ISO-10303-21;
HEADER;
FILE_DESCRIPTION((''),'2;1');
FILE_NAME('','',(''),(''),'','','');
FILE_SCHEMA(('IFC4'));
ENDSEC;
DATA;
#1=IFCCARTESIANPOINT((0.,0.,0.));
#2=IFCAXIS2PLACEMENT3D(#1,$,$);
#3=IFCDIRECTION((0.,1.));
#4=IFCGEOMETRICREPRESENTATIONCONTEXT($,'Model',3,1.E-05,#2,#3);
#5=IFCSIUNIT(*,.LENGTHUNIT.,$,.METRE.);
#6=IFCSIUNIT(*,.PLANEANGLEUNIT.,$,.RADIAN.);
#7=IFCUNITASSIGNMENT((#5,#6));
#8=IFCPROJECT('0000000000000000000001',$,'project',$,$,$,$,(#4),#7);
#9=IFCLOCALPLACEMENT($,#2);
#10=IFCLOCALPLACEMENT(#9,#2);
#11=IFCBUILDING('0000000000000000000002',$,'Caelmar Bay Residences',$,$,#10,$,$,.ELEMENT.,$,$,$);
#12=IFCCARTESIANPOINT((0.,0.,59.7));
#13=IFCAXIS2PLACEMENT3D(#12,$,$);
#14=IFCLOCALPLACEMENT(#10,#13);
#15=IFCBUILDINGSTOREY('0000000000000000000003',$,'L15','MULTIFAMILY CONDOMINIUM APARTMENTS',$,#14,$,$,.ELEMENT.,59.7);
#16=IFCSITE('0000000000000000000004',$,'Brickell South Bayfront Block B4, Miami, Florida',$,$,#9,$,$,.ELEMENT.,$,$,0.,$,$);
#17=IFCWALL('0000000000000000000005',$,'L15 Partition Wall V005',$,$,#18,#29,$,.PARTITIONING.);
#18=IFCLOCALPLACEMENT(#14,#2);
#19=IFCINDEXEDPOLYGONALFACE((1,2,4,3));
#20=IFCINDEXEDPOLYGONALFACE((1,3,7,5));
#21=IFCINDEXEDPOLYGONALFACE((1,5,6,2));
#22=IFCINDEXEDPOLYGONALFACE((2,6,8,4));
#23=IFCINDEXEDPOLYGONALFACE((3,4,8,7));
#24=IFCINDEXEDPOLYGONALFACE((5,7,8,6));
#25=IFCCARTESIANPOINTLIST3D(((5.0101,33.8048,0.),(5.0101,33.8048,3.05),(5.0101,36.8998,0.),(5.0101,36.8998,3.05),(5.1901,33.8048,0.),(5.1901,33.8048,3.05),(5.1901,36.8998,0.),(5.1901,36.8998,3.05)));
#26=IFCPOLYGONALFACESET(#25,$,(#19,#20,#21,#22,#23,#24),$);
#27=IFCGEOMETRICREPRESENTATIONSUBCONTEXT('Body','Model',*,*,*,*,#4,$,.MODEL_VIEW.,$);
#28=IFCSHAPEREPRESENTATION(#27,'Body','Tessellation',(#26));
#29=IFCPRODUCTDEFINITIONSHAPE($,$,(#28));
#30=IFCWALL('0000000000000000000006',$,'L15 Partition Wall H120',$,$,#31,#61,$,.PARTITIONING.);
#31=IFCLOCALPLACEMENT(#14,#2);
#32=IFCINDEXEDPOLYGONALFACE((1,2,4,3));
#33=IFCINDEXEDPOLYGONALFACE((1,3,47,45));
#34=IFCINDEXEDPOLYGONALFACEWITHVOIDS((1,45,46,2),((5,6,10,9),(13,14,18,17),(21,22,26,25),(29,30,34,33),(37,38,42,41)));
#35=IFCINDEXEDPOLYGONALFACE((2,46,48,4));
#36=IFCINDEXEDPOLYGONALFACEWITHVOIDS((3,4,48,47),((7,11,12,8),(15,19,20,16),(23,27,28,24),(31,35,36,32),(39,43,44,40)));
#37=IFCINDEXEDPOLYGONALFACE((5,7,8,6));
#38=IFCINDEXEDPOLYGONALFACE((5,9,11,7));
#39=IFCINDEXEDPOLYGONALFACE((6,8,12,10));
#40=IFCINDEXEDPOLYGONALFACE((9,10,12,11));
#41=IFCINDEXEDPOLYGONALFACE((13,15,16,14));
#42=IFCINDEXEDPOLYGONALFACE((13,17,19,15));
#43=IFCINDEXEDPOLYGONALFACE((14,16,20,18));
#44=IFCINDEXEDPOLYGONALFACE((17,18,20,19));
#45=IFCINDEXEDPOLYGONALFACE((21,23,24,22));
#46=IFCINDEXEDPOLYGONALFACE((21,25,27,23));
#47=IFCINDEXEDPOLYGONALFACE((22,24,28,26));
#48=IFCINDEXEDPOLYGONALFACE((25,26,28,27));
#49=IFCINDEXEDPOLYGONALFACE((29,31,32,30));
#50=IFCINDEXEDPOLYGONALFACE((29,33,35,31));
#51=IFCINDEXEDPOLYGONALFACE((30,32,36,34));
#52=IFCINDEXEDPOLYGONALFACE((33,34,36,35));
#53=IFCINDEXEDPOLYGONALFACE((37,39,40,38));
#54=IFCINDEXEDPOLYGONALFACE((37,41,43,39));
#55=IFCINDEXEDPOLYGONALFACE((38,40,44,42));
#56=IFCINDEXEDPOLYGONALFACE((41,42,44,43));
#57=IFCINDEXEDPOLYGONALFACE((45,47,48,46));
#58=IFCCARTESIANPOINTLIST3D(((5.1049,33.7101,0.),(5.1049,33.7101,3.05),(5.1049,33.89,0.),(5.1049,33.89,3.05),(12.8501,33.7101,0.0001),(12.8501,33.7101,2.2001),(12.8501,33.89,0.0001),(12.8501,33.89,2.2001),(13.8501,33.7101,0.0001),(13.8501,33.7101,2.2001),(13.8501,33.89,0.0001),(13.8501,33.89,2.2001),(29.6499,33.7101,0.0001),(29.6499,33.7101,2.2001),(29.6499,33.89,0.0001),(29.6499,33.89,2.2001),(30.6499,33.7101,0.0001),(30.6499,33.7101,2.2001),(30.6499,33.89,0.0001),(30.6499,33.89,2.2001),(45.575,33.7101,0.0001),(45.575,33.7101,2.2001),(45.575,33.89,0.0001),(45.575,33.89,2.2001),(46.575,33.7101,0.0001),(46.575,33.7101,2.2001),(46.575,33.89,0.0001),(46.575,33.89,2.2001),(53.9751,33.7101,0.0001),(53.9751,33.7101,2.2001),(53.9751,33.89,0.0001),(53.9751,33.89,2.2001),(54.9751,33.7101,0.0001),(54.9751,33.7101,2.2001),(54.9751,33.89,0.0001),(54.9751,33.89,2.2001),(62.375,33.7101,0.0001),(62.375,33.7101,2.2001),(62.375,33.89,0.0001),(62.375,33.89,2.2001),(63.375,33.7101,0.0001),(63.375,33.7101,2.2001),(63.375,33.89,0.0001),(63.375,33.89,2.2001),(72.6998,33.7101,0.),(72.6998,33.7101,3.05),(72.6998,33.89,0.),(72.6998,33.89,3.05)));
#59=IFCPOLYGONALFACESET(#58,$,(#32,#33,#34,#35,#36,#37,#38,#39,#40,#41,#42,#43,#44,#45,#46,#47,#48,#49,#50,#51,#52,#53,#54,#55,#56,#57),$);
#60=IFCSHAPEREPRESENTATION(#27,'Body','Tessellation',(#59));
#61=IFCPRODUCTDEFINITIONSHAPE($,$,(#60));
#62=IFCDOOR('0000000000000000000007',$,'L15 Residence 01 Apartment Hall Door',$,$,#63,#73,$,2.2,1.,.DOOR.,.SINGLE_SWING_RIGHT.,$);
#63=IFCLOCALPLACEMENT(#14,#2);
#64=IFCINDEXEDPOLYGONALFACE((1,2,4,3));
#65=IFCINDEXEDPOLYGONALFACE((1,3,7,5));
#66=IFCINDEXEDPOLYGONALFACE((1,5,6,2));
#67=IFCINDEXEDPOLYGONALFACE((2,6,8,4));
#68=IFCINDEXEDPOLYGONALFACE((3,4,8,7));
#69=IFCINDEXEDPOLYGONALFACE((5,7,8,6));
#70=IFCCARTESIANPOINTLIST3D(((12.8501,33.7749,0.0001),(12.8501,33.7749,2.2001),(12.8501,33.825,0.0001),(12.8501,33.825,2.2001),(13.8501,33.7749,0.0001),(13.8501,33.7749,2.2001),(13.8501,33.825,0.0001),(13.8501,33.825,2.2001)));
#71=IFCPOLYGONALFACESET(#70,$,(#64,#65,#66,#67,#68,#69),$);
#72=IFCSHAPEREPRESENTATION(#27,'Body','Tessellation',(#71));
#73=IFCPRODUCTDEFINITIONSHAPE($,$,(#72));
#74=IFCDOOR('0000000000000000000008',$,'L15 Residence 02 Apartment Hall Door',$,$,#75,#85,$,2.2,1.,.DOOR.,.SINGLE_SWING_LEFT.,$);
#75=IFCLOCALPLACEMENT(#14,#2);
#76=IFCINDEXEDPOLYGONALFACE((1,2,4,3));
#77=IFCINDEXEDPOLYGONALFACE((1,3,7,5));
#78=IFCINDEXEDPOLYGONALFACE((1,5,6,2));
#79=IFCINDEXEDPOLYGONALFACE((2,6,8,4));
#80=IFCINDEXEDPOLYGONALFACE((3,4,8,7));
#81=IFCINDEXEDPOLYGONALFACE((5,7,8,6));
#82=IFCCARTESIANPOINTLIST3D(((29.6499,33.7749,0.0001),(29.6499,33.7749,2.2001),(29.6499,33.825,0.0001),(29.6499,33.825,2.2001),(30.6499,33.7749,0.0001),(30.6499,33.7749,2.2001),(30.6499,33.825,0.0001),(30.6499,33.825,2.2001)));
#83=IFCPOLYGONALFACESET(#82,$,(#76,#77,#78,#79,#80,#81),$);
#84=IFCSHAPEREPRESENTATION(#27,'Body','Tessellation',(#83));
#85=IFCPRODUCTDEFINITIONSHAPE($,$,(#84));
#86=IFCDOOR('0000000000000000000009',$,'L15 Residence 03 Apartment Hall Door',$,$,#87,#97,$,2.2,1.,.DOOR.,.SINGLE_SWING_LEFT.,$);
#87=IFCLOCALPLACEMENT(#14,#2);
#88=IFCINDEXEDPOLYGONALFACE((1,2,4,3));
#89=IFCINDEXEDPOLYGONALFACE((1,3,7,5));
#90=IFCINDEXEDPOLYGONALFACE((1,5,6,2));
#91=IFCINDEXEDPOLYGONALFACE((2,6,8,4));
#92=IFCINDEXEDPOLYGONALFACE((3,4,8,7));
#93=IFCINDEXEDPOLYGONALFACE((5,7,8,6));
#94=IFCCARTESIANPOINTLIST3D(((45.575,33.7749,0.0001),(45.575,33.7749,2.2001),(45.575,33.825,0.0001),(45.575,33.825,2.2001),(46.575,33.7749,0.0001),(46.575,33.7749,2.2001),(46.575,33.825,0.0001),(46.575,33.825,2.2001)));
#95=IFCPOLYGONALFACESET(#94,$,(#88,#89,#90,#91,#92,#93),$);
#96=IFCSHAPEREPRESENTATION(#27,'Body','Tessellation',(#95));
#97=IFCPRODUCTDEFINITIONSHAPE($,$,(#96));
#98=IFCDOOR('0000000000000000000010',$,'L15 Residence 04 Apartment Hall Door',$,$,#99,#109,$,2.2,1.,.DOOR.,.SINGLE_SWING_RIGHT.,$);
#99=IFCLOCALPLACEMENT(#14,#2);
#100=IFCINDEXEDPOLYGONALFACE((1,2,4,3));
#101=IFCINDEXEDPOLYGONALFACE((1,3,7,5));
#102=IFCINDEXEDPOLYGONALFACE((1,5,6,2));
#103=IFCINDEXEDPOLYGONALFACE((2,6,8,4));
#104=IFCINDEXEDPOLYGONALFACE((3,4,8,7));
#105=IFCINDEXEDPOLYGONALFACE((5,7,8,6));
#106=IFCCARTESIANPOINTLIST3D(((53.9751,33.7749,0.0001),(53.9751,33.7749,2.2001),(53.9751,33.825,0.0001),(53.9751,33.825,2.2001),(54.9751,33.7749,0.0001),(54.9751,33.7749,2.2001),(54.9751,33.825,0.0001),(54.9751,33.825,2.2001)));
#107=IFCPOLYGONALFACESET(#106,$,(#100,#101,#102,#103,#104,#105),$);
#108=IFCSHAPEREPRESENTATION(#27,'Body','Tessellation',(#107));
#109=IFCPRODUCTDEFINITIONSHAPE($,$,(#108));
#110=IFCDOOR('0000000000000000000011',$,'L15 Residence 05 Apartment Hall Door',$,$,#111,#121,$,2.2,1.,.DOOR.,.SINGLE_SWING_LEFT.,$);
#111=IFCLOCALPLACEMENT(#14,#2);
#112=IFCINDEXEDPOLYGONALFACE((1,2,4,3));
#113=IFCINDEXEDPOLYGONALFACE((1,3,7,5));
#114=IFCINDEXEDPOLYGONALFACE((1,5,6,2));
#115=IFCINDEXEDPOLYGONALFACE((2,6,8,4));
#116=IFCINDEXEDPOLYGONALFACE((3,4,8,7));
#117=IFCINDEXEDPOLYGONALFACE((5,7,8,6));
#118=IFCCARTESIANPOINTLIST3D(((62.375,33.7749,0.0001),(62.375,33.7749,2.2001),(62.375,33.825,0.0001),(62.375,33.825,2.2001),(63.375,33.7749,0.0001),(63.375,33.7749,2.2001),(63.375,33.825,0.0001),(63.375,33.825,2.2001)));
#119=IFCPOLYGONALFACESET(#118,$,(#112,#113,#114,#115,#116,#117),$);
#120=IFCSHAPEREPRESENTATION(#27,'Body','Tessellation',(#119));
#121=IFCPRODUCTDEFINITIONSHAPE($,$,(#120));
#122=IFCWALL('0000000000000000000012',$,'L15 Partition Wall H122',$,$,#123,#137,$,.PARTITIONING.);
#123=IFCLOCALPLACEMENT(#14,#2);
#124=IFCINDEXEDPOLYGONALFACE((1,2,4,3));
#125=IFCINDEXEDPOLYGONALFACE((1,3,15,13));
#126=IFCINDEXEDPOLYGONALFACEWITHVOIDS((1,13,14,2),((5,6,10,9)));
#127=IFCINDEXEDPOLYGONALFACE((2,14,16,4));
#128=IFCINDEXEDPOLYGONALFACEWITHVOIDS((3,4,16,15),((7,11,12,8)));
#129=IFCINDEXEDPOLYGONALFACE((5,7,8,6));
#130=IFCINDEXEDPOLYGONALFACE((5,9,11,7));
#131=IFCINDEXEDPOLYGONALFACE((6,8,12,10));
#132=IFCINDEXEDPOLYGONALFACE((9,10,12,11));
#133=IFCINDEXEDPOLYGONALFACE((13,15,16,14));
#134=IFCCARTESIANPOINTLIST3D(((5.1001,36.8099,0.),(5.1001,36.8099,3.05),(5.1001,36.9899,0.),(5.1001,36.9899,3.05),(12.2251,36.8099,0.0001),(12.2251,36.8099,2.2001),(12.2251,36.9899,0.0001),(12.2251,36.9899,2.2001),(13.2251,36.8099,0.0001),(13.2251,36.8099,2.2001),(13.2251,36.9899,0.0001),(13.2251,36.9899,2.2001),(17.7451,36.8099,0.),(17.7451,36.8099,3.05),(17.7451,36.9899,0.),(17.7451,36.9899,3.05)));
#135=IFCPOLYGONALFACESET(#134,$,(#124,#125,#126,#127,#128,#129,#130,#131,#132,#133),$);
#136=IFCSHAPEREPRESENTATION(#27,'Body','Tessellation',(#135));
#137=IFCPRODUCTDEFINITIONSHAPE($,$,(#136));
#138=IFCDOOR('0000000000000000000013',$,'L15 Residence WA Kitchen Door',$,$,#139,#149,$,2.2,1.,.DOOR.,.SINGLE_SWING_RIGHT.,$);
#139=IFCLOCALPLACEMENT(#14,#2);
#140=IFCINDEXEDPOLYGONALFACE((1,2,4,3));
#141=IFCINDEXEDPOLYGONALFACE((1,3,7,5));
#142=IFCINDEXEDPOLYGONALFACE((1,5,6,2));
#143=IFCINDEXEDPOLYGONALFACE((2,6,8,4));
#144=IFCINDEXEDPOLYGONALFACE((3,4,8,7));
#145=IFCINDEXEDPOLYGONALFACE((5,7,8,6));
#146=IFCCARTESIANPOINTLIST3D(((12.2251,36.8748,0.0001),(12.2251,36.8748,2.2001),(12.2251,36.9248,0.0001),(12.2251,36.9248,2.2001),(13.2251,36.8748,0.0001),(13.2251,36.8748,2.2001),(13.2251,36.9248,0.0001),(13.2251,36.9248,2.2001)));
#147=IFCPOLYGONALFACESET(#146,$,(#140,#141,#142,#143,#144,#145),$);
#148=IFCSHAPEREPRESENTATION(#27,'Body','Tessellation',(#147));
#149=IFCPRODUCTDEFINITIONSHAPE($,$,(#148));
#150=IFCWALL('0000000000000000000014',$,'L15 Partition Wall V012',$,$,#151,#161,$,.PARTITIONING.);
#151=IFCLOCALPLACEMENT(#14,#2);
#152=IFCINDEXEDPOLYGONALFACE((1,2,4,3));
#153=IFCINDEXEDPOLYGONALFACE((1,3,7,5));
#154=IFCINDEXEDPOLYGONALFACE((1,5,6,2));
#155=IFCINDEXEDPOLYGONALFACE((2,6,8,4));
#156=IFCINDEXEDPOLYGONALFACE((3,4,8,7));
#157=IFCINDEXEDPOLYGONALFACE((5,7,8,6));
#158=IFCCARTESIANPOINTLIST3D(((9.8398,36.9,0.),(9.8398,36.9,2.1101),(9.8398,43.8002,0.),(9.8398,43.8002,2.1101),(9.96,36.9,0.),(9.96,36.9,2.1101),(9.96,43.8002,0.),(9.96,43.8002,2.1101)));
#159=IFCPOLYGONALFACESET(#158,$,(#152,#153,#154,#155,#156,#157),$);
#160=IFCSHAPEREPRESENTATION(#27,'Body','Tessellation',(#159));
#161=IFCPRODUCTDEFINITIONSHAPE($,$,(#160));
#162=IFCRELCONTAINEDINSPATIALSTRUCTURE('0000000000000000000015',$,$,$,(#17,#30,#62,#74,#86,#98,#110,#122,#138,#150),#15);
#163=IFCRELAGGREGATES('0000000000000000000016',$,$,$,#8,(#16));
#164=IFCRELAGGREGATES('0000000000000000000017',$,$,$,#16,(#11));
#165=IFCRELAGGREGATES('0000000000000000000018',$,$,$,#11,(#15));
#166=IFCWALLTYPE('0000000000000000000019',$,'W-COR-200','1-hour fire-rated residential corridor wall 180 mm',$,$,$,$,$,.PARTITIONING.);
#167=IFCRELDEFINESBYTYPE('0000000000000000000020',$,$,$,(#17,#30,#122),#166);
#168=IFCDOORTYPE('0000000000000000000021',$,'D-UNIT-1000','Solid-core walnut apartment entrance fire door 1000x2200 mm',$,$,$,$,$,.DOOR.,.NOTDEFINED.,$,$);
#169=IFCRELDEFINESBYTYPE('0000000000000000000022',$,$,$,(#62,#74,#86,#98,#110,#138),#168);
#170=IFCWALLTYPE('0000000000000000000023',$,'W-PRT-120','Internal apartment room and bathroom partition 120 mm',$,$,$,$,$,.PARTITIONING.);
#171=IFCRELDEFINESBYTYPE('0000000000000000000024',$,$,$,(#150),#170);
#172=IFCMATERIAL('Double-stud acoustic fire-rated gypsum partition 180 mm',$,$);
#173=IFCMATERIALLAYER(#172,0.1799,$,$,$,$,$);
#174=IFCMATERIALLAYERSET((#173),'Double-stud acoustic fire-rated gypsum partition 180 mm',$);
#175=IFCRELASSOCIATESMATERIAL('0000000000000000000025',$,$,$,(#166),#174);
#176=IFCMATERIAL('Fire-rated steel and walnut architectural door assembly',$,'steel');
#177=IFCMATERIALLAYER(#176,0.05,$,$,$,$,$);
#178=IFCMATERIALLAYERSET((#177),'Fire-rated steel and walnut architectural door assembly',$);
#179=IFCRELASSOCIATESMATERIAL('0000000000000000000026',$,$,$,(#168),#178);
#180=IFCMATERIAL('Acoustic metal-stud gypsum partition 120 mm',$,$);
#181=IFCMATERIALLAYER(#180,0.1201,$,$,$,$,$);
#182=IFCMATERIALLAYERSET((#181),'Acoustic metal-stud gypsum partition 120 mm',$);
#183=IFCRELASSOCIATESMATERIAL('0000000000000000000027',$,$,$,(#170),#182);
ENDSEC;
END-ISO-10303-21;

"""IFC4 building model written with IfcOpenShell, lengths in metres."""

from ifc_helpers import new_model, si_unit, direction, frame, frame_2d, origin, place, context, subcontext, project, spatial, rectangle, extrude, material, layer, layer_set, type_object, element, fill, save


model = new_model("IFC4")

# Units and contexts
model_context = context("Model", 3, precision=1e-05, world=origin(), true_north=direction((0.0, 1.0)))
body_context = subcontext(model_context, "Body", "Model", "MODEL_VIEW")
ifc_project = project(units=[si_unit("LENGTHUNIT", "METRE"), si_unit("PLANEANGLEUNIT", "RADIAN")], contexts=[model_context])

# Site, building, storey
site_placement = place(None, origin())
site = spatial("IfcSite", under=ifc_project, at=site_placement, Name="Brickell South Bayfront Block B4, Miami, Florida", CompositionType="ELEMENT", RefElevation=0.0)
building_placement = place(site_placement, origin())
building = spatial("IfcBuilding", under=site, at=building_placement, Name="Caelmar Bay Residences", CompositionType="ELEMENT")
storey_placement = place(building_placement, frame((0.0, 0.0, 59.7)))
storey = spatial("IfcBuildingStorey", under=building, at=storey_placement, Name="L15", Description="MULTIFAMILY CONDOMINIUM APARTMENTS", CompositionType="ELEMENT", Elevation=59.7)

# Wall
ifc_material_1 = material(Name="Double-stud acoustic fire-rated gypsum partition 180 mm")
ifc_layer_1 = layer(ifc_material_1, 0.1799)
ifc_layer_set_1 = layer_set([ifc_layer_1], Name="Double-stud acoustic fire-rated gypsum partition 180 mm")
wall_type_1 = type_object("IfcWallType", Name="W-COR-200", Description="1-hour fire-rated residential corridor wall 180 mm", PredefinedType="PARTITIONING", material=ifc_layer_set_1)
wall_1_placement = place(storey_placement, frame((5.1001, 33.8049, 0.0), z_axis=(0.0, 0.0, 1.0), x_axis=(0.0, 1.0, 0.0)))
element("IfcWall", 1, at=wall_1_placement, inside=storey, type_object=wall_type_1, Name="L15 Partition Wall V005", PredefinedType="PARTITIONING", context=body_context, shape_type="SweptSolid", body=[
    extrude(rectangle(XDim=3.095, YDim=0.1799, at=frame_2d((1.5474, 0.0))), origin(), (0.0, 0.0, 1.0), 3.05),
])

# Wall, openings, doors
wall_2_placement = place(storey_placement, frame((5.105, 33.8, 0.0), z_axis=(0.0, 0.0, 1.0), x_axis=(1.0, 0.0, 0.0)))
wall_2 = element("IfcWall", 2, at=wall_2_placement, inside=storey, type_object=wall_type_1, Name="L15 Partition Wall H120", PredefinedType="PARTITIONING", context=body_context, shape_type="SweptSolid", body=[
    extrude(rectangle(XDim=67.595, YDim=0.1799, at=frame_2d((33.7974, 0.0))), origin(), (0.0, 0.0, 1.0), 3.05),
])
opening_1_placement = place(wall_2_placement, frame((7.7451, 0.0, 0.0)))
opening_1 = element("IfcOpeningElement", 3, at=opening_1_placement, cuts=wall_2, PredefinedType="OPENING", context=body_context, shape_type="SweptSolid", body=[
    extrude(rectangle(XDim=1.0, YDim=2.2, at=frame_2d((0.5, 1.1001))), frame((0.0, 0.0999, 0.0), z_axis=(0.0, -1.0, 0.0), x_axis=(1.0, 0.0, 0.0)), (0.0, 0.0, 1.0), 0.2),
])
opening_2_placement = place(wall_2_placement, frame((24.5449, 0.0, 0.0)))
opening_2 = element("IfcOpeningElement", 4, at=opening_2_placement, cuts=wall_2, PredefinedType="OPENING", context=body_context, shape_type="SweptSolid", body=[
    extrude(rectangle(XDim=1.0, YDim=2.2, at=frame_2d((0.5, 1.1001))), frame((0.0, 0.0999, 0.0), z_axis=(0.0, -1.0, 0.0), x_axis=(1.0, 0.0, 0.0)), (0.0, 0.0, 1.0), 0.2),
])
opening_3_placement = place(wall_2_placement, frame((40.47, 0.0, 0.0)))
opening_3 = element("IfcOpeningElement", 5, at=opening_3_placement, cuts=wall_2, PredefinedType="OPENING", context=body_context, shape_type="SweptSolid", body=[
    extrude(rectangle(XDim=1.0, YDim=2.2, at=frame_2d((0.5, 1.1001))), frame((0.0, 0.0999, 0.0), z_axis=(0.0, -1.0, 0.0), x_axis=(1.0, 0.0, 0.0)), (0.0, 0.0, 1.0), 0.2),
])
opening_4_placement = place(wall_2_placement, frame((48.8701, 0.0, 0.0)))
opening_4 = element("IfcOpeningElement", 6, at=opening_4_placement, cuts=wall_2, PredefinedType="OPENING", context=body_context, shape_type="SweptSolid", body=[
    extrude(rectangle(XDim=1.0, YDim=2.2, at=frame_2d((0.5, 1.1001))), frame((0.0, 0.0999, 0.0), z_axis=(0.0, -1.0, 0.0), x_axis=(1.0, 0.0, 0.0)), (0.0, 0.0, 1.0), 0.2),
])
opening_5_placement = place(wall_2_placement, frame((57.27, 0.0, 0.0)))
opening_5 = element("IfcOpeningElement", 7, at=opening_5_placement, cuts=wall_2, PredefinedType="OPENING", context=body_context, shape_type="SweptSolid", body=[
    extrude(rectangle(XDim=1.0, YDim=2.2, at=frame_2d((0.5, 1.1001))), frame((0.0, 0.0999, 0.0), z_axis=(0.0, -1.0, 0.0), x_axis=(1.0, 0.0, 0.0)), (0.0, 0.0, 1.0), 0.2),
])
ifc_material_2 = material(Name="Fire-rated steel and walnut architectural door assembly", Category="steel")
ifc_layer_2 = layer(ifc_material_2, 0.05)
ifc_layer_set_2 = layer_set([ifc_layer_2], Name="Fire-rated steel and walnut architectural door assembly")
door_type_1 = type_object("IfcDoorType", Name="D-UNIT-1000", Description="Solid-core walnut apartment entrance fire door 1000x2200 mm", OperationType="NOTDEFINED", PredefinedType="DOOR", material=ifc_layer_set_2)
door_1_placement = place(opening_1_placement, origin())
door_1 = element("IfcDoor", 8, at=door_1_placement, inside=storey, type_object=door_type_1, Name="L15 Residence 01 Apartment Hall Door", OperationType="SINGLE_SWING_RIGHT", OverallHeight=2.2, OverallWidth=1.0, PredefinedType="DOOR", context=body_context, shape_type="SweptSolid", body=[
    extrude(rectangle(XDim=1.0, YDim=2.2, at=frame_2d((0.5, 1.1001))), frame((0.0, 0.0249, 0.0), z_axis=(0.0, -1.0, 0.0), x_axis=(1.0, 0.0, 0.0)), (0.0, 0.0, 1.0), 0.05),
])
fill(opening_1, door_1)
door_2_placement = place(opening_2_placement, origin())
door_2 = element("IfcDoor", 9, at=door_2_placement, inside=storey, type_object=door_type_1, Name="L15 Residence 02 Apartment Hall Door", OperationType="SINGLE_SWING_LEFT", OverallHeight=2.2, OverallWidth=1.0, PredefinedType="DOOR", context=body_context, shape_type="SweptSolid", body=[
    extrude(rectangle(XDim=1.0, YDim=2.2, at=frame_2d((0.5, 1.1001))), frame((0.0, 0.0249, 0.0), z_axis=(0.0, -1.0, 0.0), x_axis=(1.0, 0.0, 0.0)), (0.0, 0.0, 1.0), 0.05),
])
fill(opening_2, door_2)
door_3_placement = place(opening_3_placement, origin())
door_3 = element("IfcDoor", 10, at=door_3_placement, inside=storey, type_object=door_type_1, Name="L15 Residence 03 Apartment Hall Door", OperationType="SINGLE_SWING_LEFT", OverallHeight=2.2, OverallWidth=1.0, PredefinedType="DOOR", context=body_context, shape_type="SweptSolid", body=[
    extrude(rectangle(XDim=1.0, YDim=2.2, at=frame_2d((0.5, 1.1001))), frame((0.0, 0.0249, 0.0), z_axis=(0.0, -1.0, 0.0), x_axis=(1.0, 0.0, 0.0)), (0.0, 0.0, 1.0), 0.05),
])
fill(opening_3, door_3)
door_4_placement = place(opening_4_placement, origin())
door_4 = element("IfcDoor", 11, at=door_4_placement, inside=storey, type_object=door_type_1, Name="L15 Residence 04 Apartment Hall Door", OperationType="SINGLE_SWING_RIGHT", OverallHeight=2.2, OverallWidth=1.0, PredefinedType="DOOR", context=body_context, shape_type="SweptSolid", body=[
    extrude(rectangle(XDim=1.0, YDim=2.2, at=frame_2d((0.5, 1.1001))), frame((0.0, 0.0249, 0.0), z_axis=(0.0, -1.0, 0.0), x_axis=(1.0, 0.0, 0.0)), (0.0, 0.0, 1.0), 0.05),
])
fill(opening_4, door_4)
door_5_placement = place(opening_5_placement, origin())
door_5 = element("IfcDoor", 12, at=door_5_placement, inside=storey, type_object=door_type_1, Name="L15 Residence 05 Apartment Hall Door", OperationType="SINGLE_SWING_LEFT", OverallHeight=2.2, OverallWidth=1.0, PredefinedType="DOOR", context=body_context, shape_type="SweptSolid", body=[
    extrude(rectangle(XDim=1.0, YDim=2.2, at=frame_2d((0.5, 1.1001))), frame((0.0, 0.0249, 0.0), z_axis=(0.0, -1.0, 0.0), x_axis=(1.0, 0.0, 0.0)), (0.0, 0.0, 1.0), 0.05),
])
fill(opening_5, door_5)

# Wall, opening, door
wall_3_placement = place(storey_placement, frame((5.1001, 36.8999, 0.0), z_axis=(0.0, 0.0, 1.0), x_axis=(1.0, 0.0, 0.0)))
wall_3 = element("IfcWall", 13, at=wall_3_placement, inside=storey, type_object=wall_type_1, Name="L15 Partition Wall H122", PredefinedType="PARTITIONING", context=body_context, shape_type="SweptSolid", body=[
    extrude(rectangle(XDim=12.645, YDim=0.1799, at=frame_2d((6.3225, 0.0))), origin(), (0.0, 0.0, 1.0), 3.05),
])
opening_6_placement = place(wall_3_placement, frame((7.125, 0.0, 0.0)))
opening_6 = element("IfcOpeningElement", 14, at=opening_6_placement, cuts=wall_3, PredefinedType="OPENING", context=body_context, shape_type="SweptSolid", body=[
    extrude(rectangle(XDim=1.0, YDim=2.2, at=frame_2d((0.5, 1.1001))), frame((0.0, 0.0999, 0.0), z_axis=(0.0, -1.0, 0.0), x_axis=(1.0, 0.0, 0.0)), (0.0, 0.0, 1.0), 0.2),
])
door_6_placement = place(opening_6_placement, origin())
door_6 = element("IfcDoor", 15, at=door_6_placement, inside=storey, type_object=door_type_1, Name="L15 Residence WA Kitchen Door", OperationType="SINGLE_SWING_RIGHT", OverallHeight=2.2, OverallWidth=1.0, PredefinedType="DOOR", context=body_context, shape_type="SweptSolid", body=[
    extrude(rectangle(XDim=1.0, YDim=2.2, at=frame_2d((0.5, 1.1001))), frame((0.0, 0.0249, 0.0), z_axis=(0.0, -1.0, 0.0), x_axis=(1.0, 0.0, 0.0)), (0.0, 0.0, 1.0), 0.05),
])
fill(opening_6, door_6)

# Wall
ifc_material_3 = material(Name="Acoustic metal-stud gypsum partition 120 mm")
ifc_layer_3 = layer(ifc_material_3, 0.1201)
ifc_layer_set_3 = layer_set([ifc_layer_3], Name="Acoustic metal-stud gypsum partition 120 mm")
wall_type_2 = type_object("IfcWallType", Name="W-PRT-120", Description="Internal apartment room and bathroom partition 120 mm", PredefinedType="PARTITIONING", material=ifc_layer_set_3)
wall_4_placement = place(storey_placement, frame((9.8999, 36.8999, 0.0), z_axis=(0.0, 0.0, 1.0), x_axis=(0.0, 1.0, 0.0)))
element("IfcWall", 16, at=wall_4_placement, inside=storey, type_object=wall_type_2, Name="L15 Partition Wall V012", PredefinedType="PARTITIONING", context=body_context, shape_type="SweptSolid", body=[
    extrude(rectangle(XDim=6.9001, YDim=0.1201, at=frame_2d((3.4502, 0.0))), origin(), (0.0, 0.0, 1.0), 2.1101),
])

save(model, "model.ifc")
